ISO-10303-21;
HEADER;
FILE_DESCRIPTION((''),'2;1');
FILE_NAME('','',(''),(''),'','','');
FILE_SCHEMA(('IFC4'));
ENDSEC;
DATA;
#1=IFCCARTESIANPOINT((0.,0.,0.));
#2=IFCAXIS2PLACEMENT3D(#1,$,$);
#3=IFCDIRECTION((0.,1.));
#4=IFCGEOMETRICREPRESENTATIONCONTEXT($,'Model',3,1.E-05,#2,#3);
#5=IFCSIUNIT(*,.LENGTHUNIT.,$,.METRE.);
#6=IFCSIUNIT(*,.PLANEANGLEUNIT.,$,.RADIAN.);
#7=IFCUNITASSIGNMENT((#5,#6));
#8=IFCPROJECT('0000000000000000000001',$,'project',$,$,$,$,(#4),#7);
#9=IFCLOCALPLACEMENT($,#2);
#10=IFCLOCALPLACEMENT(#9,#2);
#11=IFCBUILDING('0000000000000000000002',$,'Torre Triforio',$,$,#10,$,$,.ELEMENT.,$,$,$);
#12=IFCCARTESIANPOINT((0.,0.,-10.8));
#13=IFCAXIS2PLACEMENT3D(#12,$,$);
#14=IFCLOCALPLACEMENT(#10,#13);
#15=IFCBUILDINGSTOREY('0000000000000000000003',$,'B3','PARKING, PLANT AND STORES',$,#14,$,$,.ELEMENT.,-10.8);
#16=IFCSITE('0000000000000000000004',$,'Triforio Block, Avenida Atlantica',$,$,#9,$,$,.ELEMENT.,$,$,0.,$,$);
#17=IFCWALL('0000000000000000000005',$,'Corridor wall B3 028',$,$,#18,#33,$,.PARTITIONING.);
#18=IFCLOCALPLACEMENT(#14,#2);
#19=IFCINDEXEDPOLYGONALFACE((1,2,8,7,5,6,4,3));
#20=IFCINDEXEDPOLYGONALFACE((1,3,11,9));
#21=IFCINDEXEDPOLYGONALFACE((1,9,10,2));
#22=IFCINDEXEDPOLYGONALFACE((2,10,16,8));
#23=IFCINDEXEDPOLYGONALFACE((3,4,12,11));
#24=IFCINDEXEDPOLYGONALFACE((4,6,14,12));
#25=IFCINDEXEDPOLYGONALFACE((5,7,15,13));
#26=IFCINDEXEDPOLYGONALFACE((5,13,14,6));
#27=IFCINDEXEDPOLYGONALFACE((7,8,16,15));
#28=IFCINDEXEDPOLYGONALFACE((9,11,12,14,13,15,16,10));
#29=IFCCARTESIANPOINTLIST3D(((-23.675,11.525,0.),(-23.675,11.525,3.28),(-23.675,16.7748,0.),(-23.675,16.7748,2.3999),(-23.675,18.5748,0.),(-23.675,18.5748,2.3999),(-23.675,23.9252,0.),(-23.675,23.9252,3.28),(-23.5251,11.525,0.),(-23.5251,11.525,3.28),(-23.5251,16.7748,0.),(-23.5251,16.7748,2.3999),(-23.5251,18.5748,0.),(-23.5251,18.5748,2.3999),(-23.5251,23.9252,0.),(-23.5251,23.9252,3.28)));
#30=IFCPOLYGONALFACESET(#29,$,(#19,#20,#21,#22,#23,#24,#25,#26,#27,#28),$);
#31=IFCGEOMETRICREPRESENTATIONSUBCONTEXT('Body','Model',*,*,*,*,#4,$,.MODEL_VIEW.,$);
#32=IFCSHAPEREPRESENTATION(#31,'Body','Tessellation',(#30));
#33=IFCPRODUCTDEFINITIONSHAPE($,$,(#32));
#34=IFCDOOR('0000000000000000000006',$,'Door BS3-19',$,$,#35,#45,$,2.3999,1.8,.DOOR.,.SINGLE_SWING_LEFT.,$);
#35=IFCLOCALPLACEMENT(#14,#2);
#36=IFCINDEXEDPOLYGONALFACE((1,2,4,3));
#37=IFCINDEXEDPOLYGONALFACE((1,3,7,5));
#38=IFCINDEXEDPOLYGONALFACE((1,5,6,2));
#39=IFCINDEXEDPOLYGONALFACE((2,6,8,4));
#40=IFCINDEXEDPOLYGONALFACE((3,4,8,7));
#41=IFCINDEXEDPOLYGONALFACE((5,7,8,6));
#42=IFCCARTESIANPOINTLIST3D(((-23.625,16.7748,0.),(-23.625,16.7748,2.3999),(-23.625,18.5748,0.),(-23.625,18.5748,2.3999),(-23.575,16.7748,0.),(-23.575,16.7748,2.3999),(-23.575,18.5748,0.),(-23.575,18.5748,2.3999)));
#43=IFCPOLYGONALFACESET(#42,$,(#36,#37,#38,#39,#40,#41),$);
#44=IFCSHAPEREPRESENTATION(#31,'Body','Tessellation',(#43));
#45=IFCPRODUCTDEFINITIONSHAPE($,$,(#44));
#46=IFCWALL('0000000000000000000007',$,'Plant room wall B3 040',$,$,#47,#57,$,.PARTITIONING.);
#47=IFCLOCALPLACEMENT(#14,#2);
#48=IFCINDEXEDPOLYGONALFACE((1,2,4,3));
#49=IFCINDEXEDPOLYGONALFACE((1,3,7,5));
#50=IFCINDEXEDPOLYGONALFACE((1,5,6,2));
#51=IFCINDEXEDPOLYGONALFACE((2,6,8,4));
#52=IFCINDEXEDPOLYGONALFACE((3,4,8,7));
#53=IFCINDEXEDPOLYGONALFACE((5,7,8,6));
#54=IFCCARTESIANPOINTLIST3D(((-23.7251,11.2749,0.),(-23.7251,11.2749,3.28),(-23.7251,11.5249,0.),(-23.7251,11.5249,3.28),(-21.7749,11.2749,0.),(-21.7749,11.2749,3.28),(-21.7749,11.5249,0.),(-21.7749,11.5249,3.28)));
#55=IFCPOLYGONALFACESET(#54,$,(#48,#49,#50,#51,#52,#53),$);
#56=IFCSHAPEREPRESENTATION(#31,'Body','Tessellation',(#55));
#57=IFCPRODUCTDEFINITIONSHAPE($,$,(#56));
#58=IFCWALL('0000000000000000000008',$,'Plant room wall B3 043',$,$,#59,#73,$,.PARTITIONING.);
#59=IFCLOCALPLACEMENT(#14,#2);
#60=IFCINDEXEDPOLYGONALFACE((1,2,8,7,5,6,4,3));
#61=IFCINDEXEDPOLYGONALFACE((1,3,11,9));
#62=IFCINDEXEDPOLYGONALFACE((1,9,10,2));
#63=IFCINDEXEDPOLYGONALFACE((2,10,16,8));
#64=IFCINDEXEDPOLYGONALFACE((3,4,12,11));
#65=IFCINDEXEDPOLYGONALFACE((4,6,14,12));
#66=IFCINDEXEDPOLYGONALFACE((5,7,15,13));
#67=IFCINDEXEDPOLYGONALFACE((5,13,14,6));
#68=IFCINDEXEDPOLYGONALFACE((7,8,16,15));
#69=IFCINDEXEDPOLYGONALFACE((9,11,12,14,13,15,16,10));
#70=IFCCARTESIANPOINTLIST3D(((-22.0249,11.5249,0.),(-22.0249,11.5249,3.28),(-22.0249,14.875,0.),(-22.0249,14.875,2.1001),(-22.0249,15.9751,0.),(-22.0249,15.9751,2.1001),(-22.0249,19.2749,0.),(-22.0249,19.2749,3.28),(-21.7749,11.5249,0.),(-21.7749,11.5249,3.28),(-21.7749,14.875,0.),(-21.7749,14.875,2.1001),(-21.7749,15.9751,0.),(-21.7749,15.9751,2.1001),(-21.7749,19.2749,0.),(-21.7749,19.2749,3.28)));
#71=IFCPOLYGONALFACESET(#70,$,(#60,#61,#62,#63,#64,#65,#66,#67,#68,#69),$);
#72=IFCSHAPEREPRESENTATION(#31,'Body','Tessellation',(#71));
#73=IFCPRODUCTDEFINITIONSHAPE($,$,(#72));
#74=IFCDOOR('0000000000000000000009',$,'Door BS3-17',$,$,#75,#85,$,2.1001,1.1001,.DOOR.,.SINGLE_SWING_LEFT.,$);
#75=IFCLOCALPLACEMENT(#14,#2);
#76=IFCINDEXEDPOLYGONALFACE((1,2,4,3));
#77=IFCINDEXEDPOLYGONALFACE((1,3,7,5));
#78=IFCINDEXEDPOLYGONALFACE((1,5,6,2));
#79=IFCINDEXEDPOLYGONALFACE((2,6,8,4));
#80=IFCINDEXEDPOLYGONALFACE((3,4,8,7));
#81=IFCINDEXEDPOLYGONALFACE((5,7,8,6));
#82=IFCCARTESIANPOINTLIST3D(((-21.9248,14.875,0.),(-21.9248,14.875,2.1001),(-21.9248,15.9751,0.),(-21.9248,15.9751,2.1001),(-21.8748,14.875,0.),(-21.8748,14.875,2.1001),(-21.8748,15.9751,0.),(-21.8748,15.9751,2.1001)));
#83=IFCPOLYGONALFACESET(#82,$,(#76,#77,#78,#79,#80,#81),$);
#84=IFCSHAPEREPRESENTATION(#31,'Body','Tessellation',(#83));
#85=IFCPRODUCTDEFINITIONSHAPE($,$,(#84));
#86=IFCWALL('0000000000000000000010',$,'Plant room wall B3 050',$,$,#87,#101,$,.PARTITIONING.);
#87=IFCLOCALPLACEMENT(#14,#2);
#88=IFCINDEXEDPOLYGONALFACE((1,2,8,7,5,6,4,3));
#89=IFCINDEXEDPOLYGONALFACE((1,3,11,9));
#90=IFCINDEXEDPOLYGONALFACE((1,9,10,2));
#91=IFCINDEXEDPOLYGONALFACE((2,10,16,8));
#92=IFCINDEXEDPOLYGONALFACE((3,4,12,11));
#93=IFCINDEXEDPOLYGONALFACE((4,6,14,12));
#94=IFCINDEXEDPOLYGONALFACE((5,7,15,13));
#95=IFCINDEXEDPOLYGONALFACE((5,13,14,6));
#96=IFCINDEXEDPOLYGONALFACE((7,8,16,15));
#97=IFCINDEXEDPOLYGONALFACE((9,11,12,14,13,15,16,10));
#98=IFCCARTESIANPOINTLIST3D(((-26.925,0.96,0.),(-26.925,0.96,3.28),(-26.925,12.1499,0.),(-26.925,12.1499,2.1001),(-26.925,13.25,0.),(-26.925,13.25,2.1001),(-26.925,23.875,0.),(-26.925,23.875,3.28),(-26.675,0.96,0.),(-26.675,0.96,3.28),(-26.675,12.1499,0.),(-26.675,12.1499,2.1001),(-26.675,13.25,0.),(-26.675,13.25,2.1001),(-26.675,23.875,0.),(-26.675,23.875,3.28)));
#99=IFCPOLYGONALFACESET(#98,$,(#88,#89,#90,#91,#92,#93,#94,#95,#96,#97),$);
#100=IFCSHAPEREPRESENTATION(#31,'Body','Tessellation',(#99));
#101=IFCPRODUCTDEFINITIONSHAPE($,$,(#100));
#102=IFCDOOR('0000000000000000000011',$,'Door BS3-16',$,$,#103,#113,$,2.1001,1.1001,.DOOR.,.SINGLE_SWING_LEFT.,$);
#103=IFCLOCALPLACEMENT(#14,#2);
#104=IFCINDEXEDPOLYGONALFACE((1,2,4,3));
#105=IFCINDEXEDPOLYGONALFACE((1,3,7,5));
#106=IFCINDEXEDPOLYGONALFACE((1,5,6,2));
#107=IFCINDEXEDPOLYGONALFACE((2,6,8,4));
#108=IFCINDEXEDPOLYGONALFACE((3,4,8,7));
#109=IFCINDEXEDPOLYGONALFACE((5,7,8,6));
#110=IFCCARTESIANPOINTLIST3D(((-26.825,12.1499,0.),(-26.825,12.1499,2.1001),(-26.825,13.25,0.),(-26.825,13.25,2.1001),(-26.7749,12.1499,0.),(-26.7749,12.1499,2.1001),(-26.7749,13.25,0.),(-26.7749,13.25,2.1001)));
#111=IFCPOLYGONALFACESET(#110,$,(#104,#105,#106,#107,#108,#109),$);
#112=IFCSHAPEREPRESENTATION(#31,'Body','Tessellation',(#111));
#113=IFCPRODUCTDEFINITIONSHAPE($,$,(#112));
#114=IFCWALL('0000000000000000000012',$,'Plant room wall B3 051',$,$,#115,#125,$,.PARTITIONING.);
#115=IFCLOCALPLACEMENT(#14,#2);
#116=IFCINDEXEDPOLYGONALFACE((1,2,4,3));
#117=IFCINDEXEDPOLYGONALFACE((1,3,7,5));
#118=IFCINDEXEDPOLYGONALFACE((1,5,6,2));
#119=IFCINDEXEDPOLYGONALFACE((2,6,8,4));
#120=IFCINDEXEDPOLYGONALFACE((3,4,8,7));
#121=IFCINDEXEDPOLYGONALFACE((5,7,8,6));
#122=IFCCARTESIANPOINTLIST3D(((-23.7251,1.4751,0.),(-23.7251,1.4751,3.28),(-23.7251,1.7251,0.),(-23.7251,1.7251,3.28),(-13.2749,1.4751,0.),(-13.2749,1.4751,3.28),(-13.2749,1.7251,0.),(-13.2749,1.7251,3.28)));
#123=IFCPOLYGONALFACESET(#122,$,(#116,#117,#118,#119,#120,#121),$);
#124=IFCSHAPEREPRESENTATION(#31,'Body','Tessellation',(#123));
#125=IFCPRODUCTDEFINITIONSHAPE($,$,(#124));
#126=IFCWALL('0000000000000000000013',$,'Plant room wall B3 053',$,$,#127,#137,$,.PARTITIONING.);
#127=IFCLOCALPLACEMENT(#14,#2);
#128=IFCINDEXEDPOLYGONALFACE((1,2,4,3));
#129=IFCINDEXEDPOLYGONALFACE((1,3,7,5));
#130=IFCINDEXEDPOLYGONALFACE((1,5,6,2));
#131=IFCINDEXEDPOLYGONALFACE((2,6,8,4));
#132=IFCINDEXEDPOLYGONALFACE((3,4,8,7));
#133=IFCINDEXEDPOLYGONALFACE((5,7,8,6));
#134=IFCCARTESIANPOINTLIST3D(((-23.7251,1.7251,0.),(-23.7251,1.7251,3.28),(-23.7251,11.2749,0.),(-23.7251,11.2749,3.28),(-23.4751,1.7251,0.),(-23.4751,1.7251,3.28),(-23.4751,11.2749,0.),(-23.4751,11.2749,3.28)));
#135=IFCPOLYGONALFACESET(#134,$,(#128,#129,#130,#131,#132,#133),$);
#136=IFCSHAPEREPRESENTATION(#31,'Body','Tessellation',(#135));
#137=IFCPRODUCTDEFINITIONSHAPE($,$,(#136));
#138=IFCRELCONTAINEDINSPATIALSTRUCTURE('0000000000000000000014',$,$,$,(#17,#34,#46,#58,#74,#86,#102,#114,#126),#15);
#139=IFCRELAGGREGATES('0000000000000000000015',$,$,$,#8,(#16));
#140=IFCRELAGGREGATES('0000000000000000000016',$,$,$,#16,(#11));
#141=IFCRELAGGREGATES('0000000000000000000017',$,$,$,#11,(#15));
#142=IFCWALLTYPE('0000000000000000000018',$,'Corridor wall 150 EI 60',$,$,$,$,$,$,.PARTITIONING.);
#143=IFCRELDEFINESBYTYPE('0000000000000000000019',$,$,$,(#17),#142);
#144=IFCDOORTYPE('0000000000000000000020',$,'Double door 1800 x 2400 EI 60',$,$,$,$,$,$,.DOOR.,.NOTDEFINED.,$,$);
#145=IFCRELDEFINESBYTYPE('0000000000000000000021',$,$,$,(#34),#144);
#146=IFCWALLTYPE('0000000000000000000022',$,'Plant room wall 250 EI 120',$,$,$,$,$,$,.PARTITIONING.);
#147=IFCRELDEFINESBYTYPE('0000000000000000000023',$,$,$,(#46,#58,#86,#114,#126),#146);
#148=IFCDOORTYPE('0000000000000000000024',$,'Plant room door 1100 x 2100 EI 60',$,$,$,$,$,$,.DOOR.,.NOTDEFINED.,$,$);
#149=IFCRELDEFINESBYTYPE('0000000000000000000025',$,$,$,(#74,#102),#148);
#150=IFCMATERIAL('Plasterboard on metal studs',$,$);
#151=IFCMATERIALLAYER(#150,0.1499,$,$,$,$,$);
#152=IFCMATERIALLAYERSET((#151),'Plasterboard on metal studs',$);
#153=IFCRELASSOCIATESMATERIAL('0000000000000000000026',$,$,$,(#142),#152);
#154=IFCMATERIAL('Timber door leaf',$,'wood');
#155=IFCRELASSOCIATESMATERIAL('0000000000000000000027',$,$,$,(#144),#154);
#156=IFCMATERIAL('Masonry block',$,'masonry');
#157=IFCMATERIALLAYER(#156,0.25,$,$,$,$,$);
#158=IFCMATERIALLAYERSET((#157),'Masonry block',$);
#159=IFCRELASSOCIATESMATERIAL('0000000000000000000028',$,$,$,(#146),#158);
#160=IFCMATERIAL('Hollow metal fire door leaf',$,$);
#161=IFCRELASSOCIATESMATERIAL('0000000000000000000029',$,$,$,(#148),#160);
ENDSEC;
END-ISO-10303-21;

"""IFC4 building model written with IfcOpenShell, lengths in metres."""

from ifc_helpers import new_model, si_unit, direction, frame, frame_2d, origin, place, context, subcontext, project, spatial, rectangle, extrude, material, layer, layer_set, type_object, element, fill, save


model = new_model("IFC4")

# Units and contexts
model_context = context("Model", 3, precision=1e-05, world=origin(), true_north=direction((0.0, 1.0)))
body_context = subcontext(model_context, "Body", "Model", "MODEL_VIEW")
ifc_project = project(units=[si_unit("LENGTHUNIT", "METRE"), si_unit("PLANEANGLEUNIT", "RADIAN")], contexts=[model_context])

# Site, building, storey
site_placement = place(None, origin())
site = spatial("IfcSite", under=ifc_project, at=site_placement, Name="Triforio Block, Avenida Atlantica", CompositionType="ELEMENT", RefElevation=0.0)
building_placement = place(site_placement, origin())
building = spatial("IfcBuilding", under=site, at=building_placement, Name="Torre Triforio", CompositionType="ELEMENT")
storey_placement = place(building_placement, frame((0.0, 0.0, -10.8)))
storey = spatial("IfcBuildingStorey", under=building, at=storey_placement, Name="B3", Description="PARKING, PLANT AND STORES", CompositionType="ELEMENT", Elevation=-10.8)

# Wall, opening, door
ifc_material_1 = material(Name="Plasterboard on metal studs")
ifc_layer_1 = layer(ifc_material_1, 0.1499)
ifc_layer_set_1 = layer_set([ifc_layer_1], Name="Plasterboard on metal studs")
wall_type_1 = type_object("IfcWallType", Name="Corridor wall 150 EI 60", PredefinedType="PARTITIONING", material=ifc_layer_set_1)
wall_1_placement = place(storey_placement, frame((-23.6001, 11.5249, 0.0), z_axis=(0.0, 0.0, 1.0), x_axis=(0.0, 1.0, 0.0)))
wall_1 = element("IfcWall", 1, at=wall_1_placement, inside=storey, type_object=wall_type_1, Name="Corridor wall B3 028", PredefinedType="PARTITIONING", context=body_context, shape_type="SweptSolid", body=[
    extrude(rectangle(XDim=12.4001, YDim=0.1499, at=frame_2d((6.2002, 0.0))), origin(), (0.0, 0.0, 1.0), 3.28),
])
opening_1_placement = place(wall_1_placement, frame((5.25, 0.0, 0.0)))
opening_1 = element("IfcOpeningElement", 2, at=opening_1_placement, cuts=wall_1, PredefinedType="OPENING", context=body_context, shape_type="SweptSolid", body=[
    extrude(rectangle(XDim=1.8, YDim=2.3999, at=frame_2d((0.8999, 1.2))), frame((0.0, 0.085, 0.0), z_axis=(0.0, -1.0, 0.0), x_axis=(1.0, 0.0, 0.0)), (0.0, 0.0, 1.0), 0.1699),
])
ifc_material_2 = material(Name="Timber door leaf", Category="wood")
door_type_1 = type_object("IfcDoorType", Name="Double door 1800 x 2400 EI 60", OperationType="NOTDEFINED", PredefinedType="DOOR", material=ifc_material_2)
door_1_placement = place(opening_1_placement, origin())
door_1 = element("IfcDoor", 3, at=door_1_placement, inside=storey, type_object=door_type_1, Name="Door BS3-19", OperationType="SINGLE_SWING_LEFT", OverallHeight=2.3999, OverallWidth=1.8, PredefinedType="DOOR", context=body_context, shape_type="SweptSolid", body=[
    extrude(rectangle(XDim=1.8, YDim=2.3999, at=frame_2d((0.8999, 1.2))), frame((0.0, 0.0249, 0.0), z_axis=(0.0, -1.0, 0.0), x_axis=(1.0, 0.0, 0.0)), (0.0, 0.0, 1.0), 0.05),
])
fill(opening_1, door_1)

# Wall
ifc_material_3 = material(Name="Masonry block", Category="masonry")
ifc_layer_2 = layer(ifc_material_3, 0.25)
ifc_layer_set_2 = layer_set([ifc_layer_2], Name="Masonry block")
wall_type_2 = type_object("IfcWallType", Name="Plant room wall 250 EI 120", PredefinedType="PARTITIONING", material=ifc_layer_set_2)
wall_2_placement = place(storey_placement, frame((-23.7251, 11.3999, 0.0), z_axis=(0.0, 0.0, 1.0), x_axis=(1.0, 0.0, 0.0)))
element("IfcWall", 4, at=wall_2_placement, inside=storey, type_object=wall_type_2, Name="Plant room wall B3 040", PredefinedType="PARTITIONING", context=body_context, shape_type="SweptSolid", body=[
    extrude(rectangle(XDim=1.9502, YDim=0.25, at=frame_2d((0.9751, 0.0))), origin(), (0.0, 0.0, 1.0), 3.28),
])

# Walls, openings, doors
wall_3_placement = place(storey_placement, frame((-21.8999, 11.5249, 0.0), z_axis=(0.0, 0.0, 1.0), x_axis=(0.0, 1.0, 0.0)))
wall_3 = element("IfcWall", 5, at=wall_3_placement, inside=storey, type_object=wall_type_2, Name="Plant room wall B3 043", PredefinedType="PARTITIONING", context=body_context, shape_type="SweptSolid", body=[
    extrude(rectangle(XDim=7.75, YDim=0.25, at=frame_2d((3.875, 0.0))), origin(), (0.0, 0.0, 1.0), 3.28),
])
opening_2_placement = place(wall_3_placement, frame((3.3501, 0.0, 0.0)))
opening_2 = element("IfcOpeningElement", 6, at=opening_2_placement, cuts=wall_3, PredefinedType="OPENING", context=body_context, shape_type="SweptSolid", body=[
    extrude(rectangle(XDim=1.1001, YDim=2.1001, at=frame_2d((0.55, 1.05))), frame((0.0, 0.135, 0.0), z_axis=(0.0, -1.0, 0.0), x_axis=(1.0, 0.0, 0.0)), (0.0, 0.0, 1.0), 0.27),
])
ifc_material_4 = material(Name="Hollow metal fire door leaf")
door_type_2 = type_object("IfcDoorType", Name="Plant room door 1100 x 2100 EI 60", OperationType="NOTDEFINED", PredefinedType="DOOR", material=ifc_material_4)
door_2_placement = place(opening_2_placement, origin())
door_2 = element("IfcDoor", 7, at=door_2_placement, inside=storey, type_object=door_type_2, Name="Door BS3-17", OperationType="SINGLE_SWING_LEFT", OverallHeight=2.1001, OverallWidth=1.1001, PredefinedType="DOOR", context=body_context, shape_type="SweptSolid", body=[
    extrude(rectangle(XDim=1.1001, YDim=2.1001, at=frame_2d((0.55, 1.05))), frame((0.0, 0.0249, 0.0), z_axis=(0.0, -1.0, 0.0), x_axis=(1.0, 0.0, 0.0)), (0.0, 0.0, 1.0), 0.05),
])
fill(opening_2, door_2)
wall_4_placement = place(storey_placement, frame((-26.8, 0.96, 0.0), z_axis=(0.0, 0.0, 1.0), x_axis=(0.0, 1.0, 0.0)))
wall_4 = element("IfcWall", 8, at=wall_4_placement, inside=storey, type_object=wall_type_2, Name="Plant room wall B3 050", PredefinedType="PARTITIONING", context=body_context, shape_type="SweptSolid", body=[
    extrude(rectangle(XDim=22.915, YDim=0.25, at=frame_2d((11.4575, 0.0))), origin(), (0.0, 0.0, 1.0), 3.28),
])
opening_3_placement = place(wall_4_placement, frame((11.1899, 0.0, 0.0)))
opening_3 = element("IfcOpeningElement", 9, at=opening_3_placement, cuts=wall_4, PredefinedType="OPENING", context=body_context, shape_type="SweptSolid", body=[
    extrude(rectangle(XDim=1.1001, YDim=2.1001, at=frame_2d((0.55, 1.05))), frame((0.0, 0.135, 0.0), z_axis=(0.0, -1.0, 0.0), x_axis=(1.0, 0.0, 0.0)), (0.0, 0.0, 1.0), 0.27),
])
door_3_placement = place(opening_3_placement, origin())
door_3 = element("IfcDoor", 10, at=door_3_placement, inside=storey, type_object=door_type_2, Name="Door BS3-16", OperationType="SINGLE_SWING_LEFT", OverallHeight=2.1001, OverallWidth=1.1001, PredefinedType="DOOR", context=body_context, shape_type="SweptSolid", body=[
    extrude(rectangle(XDim=1.1001, YDim=2.1001, at=frame_2d((0.55, 1.05))), frame((0.0, 0.0249, 0.0), z_axis=(0.0, -1.0, 0.0), x_axis=(1.0, 0.0, 0.0)), (0.0, 0.0, 1.0), 0.05),
])
fill(opening_3, door_3)

# Walls
wall_5_placement = place(storey_placement, frame((-23.7251, 1.6001, 0.0), z_axis=(0.0, 0.0, 1.0), x_axis=(1.0, 0.0, 0.0)))
element("IfcWall", 11, at=wall_5_placement, inside=storey, type_object=wall_type_2, Name="Plant room wall B3 051", PredefinedType="PARTITIONING", context=body_context, shape_type="SweptSolid", body=[
    extrude(rectangle(XDim=10.4502, YDim=0.25, at=frame_2d((5.2251, 0.0))), origin(), (0.0, 0.0, 1.0), 3.28),
])
wall_6_placement = place(storey_placement, frame((-23.6001, 1.7251, 0.0), z_axis=(0.0, 0.0, 1.0), x_axis=(0.0, 1.0, 0.0)))
element("IfcWall", 12, at=wall_6_placement, inside=storey, type_object=wall_type_2, Name="Plant room wall B3 053", PredefinedType="PARTITIONING", context=body_context, shape_type="SweptSolid", body=[
    extrude(rectangle(XDim=9.5498, YDim=0.25, at=frame_2d((4.7749, 0.0))), origin(), (0.0, 0.0, 1.0), 3.28),
])

save(model, "model.ifc")
